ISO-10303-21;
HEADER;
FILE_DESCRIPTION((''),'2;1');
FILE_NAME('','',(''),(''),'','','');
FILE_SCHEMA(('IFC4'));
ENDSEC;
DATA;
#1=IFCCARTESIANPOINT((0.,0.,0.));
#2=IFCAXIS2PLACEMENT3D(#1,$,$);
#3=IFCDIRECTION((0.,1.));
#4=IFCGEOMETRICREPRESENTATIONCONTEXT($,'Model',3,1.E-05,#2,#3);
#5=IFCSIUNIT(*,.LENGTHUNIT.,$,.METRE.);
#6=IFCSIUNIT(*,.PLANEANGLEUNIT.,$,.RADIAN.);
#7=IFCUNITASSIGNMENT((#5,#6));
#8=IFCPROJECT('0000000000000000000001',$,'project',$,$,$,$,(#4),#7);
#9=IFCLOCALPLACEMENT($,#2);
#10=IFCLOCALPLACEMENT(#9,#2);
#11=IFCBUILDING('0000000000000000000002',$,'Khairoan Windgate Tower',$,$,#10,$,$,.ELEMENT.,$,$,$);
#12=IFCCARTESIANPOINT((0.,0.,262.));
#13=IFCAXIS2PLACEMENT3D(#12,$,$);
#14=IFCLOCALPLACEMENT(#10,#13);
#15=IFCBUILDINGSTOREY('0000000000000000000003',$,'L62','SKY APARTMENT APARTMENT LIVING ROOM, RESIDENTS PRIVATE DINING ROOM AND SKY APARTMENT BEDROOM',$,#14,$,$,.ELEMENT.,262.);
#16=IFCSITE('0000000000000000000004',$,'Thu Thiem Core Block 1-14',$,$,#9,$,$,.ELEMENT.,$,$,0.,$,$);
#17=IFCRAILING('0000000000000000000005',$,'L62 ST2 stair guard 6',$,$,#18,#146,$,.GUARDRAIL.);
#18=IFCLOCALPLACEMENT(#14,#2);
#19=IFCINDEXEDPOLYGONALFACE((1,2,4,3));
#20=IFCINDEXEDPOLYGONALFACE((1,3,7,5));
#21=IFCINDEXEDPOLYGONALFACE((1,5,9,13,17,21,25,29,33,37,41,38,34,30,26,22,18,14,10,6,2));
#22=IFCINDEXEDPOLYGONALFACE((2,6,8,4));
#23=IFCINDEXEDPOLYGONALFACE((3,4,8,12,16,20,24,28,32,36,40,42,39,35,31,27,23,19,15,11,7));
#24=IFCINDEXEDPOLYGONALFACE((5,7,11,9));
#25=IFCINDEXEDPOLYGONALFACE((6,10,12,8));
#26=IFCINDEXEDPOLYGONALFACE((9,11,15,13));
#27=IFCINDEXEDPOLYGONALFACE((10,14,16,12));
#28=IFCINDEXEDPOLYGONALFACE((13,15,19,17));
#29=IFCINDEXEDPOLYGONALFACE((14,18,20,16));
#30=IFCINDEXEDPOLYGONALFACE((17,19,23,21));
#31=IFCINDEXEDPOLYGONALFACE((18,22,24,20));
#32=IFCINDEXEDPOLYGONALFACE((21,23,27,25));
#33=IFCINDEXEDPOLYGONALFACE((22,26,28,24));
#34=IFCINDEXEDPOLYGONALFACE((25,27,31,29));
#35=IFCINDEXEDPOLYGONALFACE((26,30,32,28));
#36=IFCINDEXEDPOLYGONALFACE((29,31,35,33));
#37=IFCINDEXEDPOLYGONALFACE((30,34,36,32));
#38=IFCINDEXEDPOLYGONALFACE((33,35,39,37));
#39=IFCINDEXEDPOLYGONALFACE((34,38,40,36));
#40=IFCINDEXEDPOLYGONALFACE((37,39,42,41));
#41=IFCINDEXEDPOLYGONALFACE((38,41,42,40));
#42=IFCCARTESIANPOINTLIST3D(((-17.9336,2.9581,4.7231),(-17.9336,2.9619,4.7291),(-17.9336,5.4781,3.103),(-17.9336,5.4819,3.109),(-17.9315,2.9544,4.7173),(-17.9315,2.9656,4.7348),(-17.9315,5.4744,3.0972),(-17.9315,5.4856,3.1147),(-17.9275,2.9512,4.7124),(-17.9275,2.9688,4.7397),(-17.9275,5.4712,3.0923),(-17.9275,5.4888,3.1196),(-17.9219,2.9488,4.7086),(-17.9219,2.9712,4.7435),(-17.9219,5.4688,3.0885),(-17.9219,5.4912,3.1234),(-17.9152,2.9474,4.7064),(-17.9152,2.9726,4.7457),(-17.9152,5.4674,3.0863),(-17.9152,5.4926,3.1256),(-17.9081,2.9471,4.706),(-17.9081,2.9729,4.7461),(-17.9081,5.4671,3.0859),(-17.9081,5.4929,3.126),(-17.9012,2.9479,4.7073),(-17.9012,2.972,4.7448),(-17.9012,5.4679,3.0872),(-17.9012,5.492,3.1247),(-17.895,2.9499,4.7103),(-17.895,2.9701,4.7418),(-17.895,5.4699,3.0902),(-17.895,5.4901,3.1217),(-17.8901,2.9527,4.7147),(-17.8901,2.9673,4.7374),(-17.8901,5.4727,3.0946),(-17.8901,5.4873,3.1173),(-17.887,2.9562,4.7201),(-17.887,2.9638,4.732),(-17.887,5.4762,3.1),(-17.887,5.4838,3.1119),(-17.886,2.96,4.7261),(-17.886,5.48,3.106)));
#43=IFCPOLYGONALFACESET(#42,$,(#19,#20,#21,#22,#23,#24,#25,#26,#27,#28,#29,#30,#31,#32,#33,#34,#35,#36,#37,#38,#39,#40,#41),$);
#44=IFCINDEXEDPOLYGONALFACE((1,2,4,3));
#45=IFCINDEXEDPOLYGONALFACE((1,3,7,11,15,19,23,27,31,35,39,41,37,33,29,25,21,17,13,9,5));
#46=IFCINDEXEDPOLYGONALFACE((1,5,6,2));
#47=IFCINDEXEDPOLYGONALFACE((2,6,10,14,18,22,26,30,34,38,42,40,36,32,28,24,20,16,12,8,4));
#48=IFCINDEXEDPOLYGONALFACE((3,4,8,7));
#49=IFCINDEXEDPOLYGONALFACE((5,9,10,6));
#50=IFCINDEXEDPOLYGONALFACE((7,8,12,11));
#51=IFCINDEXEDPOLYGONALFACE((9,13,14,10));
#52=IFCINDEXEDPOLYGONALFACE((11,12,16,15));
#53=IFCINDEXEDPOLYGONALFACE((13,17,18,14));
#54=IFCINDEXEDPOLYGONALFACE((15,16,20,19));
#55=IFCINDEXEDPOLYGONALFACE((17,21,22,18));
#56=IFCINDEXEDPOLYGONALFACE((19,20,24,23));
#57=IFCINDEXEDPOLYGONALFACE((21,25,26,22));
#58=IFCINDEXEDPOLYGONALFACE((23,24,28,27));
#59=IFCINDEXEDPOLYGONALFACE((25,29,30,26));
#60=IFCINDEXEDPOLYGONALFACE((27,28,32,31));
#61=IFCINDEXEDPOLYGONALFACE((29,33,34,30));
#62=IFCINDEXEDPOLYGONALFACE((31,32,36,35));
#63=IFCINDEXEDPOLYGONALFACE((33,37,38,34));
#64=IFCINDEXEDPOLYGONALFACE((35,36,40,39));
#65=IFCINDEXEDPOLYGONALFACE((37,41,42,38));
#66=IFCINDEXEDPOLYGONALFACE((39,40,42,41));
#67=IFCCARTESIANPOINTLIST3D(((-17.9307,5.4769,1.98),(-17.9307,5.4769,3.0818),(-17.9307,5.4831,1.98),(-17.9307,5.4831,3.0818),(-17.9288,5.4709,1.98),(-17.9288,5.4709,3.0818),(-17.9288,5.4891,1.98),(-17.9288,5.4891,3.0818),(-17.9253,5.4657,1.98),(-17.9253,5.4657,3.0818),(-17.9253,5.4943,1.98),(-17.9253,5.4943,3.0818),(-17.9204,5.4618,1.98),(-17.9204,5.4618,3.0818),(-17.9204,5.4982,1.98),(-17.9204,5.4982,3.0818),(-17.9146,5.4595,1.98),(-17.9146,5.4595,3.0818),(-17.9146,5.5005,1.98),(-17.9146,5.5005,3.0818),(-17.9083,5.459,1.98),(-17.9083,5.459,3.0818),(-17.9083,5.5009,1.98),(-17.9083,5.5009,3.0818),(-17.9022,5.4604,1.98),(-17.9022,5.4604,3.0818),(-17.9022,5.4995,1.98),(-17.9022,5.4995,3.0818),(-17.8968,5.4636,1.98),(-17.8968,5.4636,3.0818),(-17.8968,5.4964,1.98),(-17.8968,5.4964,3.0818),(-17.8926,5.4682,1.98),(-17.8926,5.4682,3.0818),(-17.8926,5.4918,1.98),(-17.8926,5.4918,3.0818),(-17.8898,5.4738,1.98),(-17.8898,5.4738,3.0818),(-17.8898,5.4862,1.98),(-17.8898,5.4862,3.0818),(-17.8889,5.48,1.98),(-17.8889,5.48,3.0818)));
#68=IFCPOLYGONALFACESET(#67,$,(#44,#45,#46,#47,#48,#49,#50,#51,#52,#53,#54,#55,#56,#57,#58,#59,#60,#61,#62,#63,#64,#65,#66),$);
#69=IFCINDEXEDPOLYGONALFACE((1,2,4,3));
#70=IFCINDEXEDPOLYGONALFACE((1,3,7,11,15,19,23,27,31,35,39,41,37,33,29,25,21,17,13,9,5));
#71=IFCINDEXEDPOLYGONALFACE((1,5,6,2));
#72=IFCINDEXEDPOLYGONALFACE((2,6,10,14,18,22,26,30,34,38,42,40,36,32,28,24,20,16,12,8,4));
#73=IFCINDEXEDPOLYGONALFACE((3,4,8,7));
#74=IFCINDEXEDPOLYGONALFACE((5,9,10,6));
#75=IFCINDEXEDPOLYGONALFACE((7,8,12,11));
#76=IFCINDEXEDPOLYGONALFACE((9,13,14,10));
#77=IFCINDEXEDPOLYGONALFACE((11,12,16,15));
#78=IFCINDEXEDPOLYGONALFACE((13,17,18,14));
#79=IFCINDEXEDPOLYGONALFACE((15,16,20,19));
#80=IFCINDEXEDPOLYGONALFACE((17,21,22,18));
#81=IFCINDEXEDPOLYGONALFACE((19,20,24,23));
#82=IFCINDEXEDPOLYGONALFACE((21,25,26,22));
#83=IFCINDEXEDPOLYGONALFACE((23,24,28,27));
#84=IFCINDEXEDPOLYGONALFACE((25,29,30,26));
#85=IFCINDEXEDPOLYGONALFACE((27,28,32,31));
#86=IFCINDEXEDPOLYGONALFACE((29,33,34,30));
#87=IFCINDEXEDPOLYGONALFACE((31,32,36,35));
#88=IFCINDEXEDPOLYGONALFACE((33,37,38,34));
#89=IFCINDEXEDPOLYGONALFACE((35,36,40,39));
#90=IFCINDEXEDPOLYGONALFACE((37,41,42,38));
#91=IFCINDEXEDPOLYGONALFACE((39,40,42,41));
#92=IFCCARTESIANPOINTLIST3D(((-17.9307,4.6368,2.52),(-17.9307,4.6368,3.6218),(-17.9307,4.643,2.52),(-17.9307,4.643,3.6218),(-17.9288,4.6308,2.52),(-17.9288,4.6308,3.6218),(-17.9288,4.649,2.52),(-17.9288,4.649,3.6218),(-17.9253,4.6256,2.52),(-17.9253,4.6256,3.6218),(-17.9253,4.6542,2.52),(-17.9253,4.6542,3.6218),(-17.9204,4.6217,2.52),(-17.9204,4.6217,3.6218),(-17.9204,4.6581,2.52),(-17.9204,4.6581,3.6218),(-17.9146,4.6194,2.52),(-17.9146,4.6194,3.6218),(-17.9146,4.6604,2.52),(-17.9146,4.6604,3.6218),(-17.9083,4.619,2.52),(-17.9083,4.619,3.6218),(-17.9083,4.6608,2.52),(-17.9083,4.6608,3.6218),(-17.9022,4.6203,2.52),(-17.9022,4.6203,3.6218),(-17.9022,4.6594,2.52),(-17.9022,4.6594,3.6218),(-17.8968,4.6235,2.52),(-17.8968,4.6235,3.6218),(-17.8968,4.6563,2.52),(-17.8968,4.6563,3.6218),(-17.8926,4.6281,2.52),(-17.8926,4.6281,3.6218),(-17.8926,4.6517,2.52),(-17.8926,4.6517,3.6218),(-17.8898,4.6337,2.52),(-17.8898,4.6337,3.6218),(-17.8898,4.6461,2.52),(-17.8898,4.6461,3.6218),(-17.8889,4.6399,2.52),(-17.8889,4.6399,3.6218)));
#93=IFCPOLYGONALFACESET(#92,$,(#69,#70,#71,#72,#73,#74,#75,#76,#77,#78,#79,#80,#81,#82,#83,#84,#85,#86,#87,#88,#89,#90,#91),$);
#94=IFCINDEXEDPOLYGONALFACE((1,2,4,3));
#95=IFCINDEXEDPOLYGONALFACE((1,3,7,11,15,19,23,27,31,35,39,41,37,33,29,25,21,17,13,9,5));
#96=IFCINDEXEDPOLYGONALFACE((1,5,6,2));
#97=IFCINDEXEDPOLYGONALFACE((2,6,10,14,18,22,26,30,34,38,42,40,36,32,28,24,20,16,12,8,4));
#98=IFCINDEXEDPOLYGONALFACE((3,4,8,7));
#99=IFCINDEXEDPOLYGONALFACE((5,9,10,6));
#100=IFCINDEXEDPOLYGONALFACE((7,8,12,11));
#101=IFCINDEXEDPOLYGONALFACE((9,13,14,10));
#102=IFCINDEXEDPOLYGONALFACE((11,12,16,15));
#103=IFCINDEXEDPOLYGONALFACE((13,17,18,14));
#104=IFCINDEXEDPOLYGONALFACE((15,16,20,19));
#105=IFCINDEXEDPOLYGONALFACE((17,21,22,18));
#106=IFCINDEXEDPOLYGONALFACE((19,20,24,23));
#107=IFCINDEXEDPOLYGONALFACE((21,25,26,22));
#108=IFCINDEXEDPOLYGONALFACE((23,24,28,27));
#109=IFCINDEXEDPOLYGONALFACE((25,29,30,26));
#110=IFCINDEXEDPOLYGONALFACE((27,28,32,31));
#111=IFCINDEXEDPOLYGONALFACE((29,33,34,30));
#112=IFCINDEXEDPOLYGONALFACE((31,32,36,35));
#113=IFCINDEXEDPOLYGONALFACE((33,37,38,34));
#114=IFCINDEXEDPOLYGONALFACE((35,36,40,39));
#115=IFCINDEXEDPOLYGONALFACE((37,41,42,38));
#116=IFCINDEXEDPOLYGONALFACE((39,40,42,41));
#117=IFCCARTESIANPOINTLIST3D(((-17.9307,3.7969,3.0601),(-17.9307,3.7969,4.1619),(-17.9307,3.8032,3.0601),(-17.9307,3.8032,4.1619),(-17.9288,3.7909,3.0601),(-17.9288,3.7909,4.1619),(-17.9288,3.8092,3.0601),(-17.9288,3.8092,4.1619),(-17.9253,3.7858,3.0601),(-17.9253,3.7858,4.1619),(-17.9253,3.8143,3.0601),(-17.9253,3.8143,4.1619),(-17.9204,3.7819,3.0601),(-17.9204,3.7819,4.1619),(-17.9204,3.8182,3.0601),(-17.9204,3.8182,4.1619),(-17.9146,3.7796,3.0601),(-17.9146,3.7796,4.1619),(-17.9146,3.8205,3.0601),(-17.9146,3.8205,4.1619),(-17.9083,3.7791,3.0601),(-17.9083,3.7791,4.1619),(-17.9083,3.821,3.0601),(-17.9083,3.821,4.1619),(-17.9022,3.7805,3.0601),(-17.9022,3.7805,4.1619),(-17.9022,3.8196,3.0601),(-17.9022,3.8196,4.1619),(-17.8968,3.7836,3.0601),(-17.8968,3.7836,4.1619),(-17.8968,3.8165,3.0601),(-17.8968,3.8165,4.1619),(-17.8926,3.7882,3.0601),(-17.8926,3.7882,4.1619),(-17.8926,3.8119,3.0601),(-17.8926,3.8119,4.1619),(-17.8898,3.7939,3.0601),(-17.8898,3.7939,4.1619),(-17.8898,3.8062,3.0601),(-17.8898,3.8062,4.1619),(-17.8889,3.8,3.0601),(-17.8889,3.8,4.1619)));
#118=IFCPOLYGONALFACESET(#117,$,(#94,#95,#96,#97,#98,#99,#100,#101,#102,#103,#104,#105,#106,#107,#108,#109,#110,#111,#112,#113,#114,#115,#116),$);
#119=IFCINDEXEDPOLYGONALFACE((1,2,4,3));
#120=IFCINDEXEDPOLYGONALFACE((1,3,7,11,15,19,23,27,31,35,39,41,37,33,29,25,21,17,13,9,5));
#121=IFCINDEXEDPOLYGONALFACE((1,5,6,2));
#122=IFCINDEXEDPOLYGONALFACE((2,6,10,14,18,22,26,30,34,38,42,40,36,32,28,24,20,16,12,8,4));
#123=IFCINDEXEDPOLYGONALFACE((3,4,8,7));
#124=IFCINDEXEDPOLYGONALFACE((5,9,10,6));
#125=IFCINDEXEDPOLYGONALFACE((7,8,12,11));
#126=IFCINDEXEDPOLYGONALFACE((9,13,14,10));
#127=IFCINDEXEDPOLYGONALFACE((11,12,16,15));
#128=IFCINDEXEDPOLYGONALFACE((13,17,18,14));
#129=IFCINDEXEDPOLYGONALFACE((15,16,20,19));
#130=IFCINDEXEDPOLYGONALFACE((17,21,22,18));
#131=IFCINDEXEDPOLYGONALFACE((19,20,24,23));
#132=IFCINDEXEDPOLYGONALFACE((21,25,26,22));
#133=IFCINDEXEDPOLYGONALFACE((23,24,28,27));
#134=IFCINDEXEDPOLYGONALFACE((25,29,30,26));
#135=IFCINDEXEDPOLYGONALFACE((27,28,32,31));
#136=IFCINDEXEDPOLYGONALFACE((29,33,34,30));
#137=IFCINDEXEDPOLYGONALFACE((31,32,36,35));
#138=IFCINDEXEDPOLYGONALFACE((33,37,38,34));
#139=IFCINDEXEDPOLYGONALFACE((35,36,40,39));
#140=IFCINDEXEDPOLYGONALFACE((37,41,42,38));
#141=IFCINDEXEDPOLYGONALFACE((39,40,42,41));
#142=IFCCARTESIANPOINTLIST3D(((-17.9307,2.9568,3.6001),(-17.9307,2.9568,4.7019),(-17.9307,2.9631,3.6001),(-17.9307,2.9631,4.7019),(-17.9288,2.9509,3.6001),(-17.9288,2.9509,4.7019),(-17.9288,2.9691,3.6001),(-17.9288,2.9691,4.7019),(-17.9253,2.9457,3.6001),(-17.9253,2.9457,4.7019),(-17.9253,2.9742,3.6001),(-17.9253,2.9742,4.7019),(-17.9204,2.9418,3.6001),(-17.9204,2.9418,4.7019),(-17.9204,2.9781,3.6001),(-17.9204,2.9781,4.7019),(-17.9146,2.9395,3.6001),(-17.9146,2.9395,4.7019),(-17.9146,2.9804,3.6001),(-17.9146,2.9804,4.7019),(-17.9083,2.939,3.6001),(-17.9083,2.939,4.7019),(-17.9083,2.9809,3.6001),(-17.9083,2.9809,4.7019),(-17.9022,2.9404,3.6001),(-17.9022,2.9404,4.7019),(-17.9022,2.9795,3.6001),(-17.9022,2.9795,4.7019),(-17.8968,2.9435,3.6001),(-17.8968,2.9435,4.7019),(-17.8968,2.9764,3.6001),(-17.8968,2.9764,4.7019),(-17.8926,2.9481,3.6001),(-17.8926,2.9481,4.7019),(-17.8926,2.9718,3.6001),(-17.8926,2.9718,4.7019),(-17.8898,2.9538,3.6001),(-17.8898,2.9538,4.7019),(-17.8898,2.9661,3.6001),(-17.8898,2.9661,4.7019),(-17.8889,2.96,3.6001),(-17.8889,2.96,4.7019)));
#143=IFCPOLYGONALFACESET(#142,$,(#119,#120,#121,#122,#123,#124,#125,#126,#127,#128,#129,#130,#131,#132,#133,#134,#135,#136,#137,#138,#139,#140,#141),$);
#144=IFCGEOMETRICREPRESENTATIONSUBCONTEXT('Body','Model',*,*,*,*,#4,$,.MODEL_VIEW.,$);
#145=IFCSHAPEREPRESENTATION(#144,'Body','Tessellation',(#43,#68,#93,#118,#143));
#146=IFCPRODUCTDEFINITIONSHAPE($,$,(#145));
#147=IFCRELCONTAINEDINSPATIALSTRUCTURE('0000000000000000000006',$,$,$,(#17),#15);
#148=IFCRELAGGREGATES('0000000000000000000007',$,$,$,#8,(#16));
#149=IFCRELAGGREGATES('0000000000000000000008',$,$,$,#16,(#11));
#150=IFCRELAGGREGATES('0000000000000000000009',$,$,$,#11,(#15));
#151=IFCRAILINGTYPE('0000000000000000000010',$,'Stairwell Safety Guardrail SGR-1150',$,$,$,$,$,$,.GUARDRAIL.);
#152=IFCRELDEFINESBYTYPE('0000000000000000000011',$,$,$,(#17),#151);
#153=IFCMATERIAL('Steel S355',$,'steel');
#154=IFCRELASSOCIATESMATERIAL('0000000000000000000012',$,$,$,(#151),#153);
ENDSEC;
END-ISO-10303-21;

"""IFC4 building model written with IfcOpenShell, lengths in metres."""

from ifc_helpers import new_model, si_unit, direction, frame, origin, origin_2d, place, context, subcontext, project, spatial, circle, extrude, material, type_object, element, save


model = new_model("IFC4")

# Units and contexts
model_context = context("Model", 3, precision=1e-05, world=origin(), true_north=direction((0.0, 1.0)))
body_context = subcontext(model_context, "Body", "Model", "MODEL_VIEW")
ifc_project = project(units=[si_unit("LENGTHUNIT", "METRE"), si_unit("PLANEANGLEUNIT", "RADIAN")], contexts=[model_context])

# Site, building, storey
site_placement = place(None, origin())
site = spatial("IfcSite", under=ifc_project, at=site_placement, Name="Thu Thiem Core Block 1-14", CompositionType="ELEMENT", RefElevation=0.0)
building_placement = place(site_placement, origin())
building = spatial("IfcBuilding", under=site, at=building_placement, Name="Khairoan Windgate Tower", CompositionType="ELEMENT")
storey_placement = place(building_placement, frame((0.0, 0.0, 262.0)))
storey = spatial("IfcBuildingStorey", under=building, at=storey_placement, Name="L62", Description="SKY APARTMENT APARTMENT LIVING ROOM, RESIDENTS PRIVATE DINING ROOM AND SKY APARTMENT BEDROOM", CompositionType="ELEMENT", Elevation=262.0)

# Railing
ifc_material_1 = material(Name="Steel S355", Category="steel")
railing_type_1 = type_object("IfcRailingType", Name="Stairwell Safety Guardrail SGR-1150", PredefinedType="GUARDRAIL", material=ifc_material_1)
railing_1_placement = place(storey_placement, frame((-17.9099, 5.48, 1.98)))
element("IfcRailing", 1, at=railing_1_placement, inside=storey, type_object=railing_type_1, Name="L62 ST2 stair guard 6", PredefinedType="GUARDRAIL", context=body_context, shape_type="SweptSolid", body=[
    extrude(circle(Radius=0.0239, at=origin_2d()), frame((0.0, 0.0, 1.126), z_axis=(0.0, -0.841163, 0.540782), x_axis=(1.0, 0.0, 0.0)), (0.0, 0.0, 1.0), 2.9958),
    extrude(circle(Radius=0.021, at=origin_2d()), origin(), (0.0, 0.0, 1.0), 1.1018),
    extrude(circle(Radius=0.021, at=origin_2d()), frame((0.0, -0.8401, 0.54)), (0.0, 0.0, 1.0), 1.1018),
    extrude(circle(Radius=0.021, at=origin_2d()), frame((0.0, -1.6799, 1.0801)), (0.0, 0.0, 1.0), 1.1018),
    extrude(circle(Radius=0.021, at=origin_2d()), frame((0.0, -2.52, 1.6201)), (0.0, 0.0, 1.0), 1.1018),
])

save(model, "model.ifc")
